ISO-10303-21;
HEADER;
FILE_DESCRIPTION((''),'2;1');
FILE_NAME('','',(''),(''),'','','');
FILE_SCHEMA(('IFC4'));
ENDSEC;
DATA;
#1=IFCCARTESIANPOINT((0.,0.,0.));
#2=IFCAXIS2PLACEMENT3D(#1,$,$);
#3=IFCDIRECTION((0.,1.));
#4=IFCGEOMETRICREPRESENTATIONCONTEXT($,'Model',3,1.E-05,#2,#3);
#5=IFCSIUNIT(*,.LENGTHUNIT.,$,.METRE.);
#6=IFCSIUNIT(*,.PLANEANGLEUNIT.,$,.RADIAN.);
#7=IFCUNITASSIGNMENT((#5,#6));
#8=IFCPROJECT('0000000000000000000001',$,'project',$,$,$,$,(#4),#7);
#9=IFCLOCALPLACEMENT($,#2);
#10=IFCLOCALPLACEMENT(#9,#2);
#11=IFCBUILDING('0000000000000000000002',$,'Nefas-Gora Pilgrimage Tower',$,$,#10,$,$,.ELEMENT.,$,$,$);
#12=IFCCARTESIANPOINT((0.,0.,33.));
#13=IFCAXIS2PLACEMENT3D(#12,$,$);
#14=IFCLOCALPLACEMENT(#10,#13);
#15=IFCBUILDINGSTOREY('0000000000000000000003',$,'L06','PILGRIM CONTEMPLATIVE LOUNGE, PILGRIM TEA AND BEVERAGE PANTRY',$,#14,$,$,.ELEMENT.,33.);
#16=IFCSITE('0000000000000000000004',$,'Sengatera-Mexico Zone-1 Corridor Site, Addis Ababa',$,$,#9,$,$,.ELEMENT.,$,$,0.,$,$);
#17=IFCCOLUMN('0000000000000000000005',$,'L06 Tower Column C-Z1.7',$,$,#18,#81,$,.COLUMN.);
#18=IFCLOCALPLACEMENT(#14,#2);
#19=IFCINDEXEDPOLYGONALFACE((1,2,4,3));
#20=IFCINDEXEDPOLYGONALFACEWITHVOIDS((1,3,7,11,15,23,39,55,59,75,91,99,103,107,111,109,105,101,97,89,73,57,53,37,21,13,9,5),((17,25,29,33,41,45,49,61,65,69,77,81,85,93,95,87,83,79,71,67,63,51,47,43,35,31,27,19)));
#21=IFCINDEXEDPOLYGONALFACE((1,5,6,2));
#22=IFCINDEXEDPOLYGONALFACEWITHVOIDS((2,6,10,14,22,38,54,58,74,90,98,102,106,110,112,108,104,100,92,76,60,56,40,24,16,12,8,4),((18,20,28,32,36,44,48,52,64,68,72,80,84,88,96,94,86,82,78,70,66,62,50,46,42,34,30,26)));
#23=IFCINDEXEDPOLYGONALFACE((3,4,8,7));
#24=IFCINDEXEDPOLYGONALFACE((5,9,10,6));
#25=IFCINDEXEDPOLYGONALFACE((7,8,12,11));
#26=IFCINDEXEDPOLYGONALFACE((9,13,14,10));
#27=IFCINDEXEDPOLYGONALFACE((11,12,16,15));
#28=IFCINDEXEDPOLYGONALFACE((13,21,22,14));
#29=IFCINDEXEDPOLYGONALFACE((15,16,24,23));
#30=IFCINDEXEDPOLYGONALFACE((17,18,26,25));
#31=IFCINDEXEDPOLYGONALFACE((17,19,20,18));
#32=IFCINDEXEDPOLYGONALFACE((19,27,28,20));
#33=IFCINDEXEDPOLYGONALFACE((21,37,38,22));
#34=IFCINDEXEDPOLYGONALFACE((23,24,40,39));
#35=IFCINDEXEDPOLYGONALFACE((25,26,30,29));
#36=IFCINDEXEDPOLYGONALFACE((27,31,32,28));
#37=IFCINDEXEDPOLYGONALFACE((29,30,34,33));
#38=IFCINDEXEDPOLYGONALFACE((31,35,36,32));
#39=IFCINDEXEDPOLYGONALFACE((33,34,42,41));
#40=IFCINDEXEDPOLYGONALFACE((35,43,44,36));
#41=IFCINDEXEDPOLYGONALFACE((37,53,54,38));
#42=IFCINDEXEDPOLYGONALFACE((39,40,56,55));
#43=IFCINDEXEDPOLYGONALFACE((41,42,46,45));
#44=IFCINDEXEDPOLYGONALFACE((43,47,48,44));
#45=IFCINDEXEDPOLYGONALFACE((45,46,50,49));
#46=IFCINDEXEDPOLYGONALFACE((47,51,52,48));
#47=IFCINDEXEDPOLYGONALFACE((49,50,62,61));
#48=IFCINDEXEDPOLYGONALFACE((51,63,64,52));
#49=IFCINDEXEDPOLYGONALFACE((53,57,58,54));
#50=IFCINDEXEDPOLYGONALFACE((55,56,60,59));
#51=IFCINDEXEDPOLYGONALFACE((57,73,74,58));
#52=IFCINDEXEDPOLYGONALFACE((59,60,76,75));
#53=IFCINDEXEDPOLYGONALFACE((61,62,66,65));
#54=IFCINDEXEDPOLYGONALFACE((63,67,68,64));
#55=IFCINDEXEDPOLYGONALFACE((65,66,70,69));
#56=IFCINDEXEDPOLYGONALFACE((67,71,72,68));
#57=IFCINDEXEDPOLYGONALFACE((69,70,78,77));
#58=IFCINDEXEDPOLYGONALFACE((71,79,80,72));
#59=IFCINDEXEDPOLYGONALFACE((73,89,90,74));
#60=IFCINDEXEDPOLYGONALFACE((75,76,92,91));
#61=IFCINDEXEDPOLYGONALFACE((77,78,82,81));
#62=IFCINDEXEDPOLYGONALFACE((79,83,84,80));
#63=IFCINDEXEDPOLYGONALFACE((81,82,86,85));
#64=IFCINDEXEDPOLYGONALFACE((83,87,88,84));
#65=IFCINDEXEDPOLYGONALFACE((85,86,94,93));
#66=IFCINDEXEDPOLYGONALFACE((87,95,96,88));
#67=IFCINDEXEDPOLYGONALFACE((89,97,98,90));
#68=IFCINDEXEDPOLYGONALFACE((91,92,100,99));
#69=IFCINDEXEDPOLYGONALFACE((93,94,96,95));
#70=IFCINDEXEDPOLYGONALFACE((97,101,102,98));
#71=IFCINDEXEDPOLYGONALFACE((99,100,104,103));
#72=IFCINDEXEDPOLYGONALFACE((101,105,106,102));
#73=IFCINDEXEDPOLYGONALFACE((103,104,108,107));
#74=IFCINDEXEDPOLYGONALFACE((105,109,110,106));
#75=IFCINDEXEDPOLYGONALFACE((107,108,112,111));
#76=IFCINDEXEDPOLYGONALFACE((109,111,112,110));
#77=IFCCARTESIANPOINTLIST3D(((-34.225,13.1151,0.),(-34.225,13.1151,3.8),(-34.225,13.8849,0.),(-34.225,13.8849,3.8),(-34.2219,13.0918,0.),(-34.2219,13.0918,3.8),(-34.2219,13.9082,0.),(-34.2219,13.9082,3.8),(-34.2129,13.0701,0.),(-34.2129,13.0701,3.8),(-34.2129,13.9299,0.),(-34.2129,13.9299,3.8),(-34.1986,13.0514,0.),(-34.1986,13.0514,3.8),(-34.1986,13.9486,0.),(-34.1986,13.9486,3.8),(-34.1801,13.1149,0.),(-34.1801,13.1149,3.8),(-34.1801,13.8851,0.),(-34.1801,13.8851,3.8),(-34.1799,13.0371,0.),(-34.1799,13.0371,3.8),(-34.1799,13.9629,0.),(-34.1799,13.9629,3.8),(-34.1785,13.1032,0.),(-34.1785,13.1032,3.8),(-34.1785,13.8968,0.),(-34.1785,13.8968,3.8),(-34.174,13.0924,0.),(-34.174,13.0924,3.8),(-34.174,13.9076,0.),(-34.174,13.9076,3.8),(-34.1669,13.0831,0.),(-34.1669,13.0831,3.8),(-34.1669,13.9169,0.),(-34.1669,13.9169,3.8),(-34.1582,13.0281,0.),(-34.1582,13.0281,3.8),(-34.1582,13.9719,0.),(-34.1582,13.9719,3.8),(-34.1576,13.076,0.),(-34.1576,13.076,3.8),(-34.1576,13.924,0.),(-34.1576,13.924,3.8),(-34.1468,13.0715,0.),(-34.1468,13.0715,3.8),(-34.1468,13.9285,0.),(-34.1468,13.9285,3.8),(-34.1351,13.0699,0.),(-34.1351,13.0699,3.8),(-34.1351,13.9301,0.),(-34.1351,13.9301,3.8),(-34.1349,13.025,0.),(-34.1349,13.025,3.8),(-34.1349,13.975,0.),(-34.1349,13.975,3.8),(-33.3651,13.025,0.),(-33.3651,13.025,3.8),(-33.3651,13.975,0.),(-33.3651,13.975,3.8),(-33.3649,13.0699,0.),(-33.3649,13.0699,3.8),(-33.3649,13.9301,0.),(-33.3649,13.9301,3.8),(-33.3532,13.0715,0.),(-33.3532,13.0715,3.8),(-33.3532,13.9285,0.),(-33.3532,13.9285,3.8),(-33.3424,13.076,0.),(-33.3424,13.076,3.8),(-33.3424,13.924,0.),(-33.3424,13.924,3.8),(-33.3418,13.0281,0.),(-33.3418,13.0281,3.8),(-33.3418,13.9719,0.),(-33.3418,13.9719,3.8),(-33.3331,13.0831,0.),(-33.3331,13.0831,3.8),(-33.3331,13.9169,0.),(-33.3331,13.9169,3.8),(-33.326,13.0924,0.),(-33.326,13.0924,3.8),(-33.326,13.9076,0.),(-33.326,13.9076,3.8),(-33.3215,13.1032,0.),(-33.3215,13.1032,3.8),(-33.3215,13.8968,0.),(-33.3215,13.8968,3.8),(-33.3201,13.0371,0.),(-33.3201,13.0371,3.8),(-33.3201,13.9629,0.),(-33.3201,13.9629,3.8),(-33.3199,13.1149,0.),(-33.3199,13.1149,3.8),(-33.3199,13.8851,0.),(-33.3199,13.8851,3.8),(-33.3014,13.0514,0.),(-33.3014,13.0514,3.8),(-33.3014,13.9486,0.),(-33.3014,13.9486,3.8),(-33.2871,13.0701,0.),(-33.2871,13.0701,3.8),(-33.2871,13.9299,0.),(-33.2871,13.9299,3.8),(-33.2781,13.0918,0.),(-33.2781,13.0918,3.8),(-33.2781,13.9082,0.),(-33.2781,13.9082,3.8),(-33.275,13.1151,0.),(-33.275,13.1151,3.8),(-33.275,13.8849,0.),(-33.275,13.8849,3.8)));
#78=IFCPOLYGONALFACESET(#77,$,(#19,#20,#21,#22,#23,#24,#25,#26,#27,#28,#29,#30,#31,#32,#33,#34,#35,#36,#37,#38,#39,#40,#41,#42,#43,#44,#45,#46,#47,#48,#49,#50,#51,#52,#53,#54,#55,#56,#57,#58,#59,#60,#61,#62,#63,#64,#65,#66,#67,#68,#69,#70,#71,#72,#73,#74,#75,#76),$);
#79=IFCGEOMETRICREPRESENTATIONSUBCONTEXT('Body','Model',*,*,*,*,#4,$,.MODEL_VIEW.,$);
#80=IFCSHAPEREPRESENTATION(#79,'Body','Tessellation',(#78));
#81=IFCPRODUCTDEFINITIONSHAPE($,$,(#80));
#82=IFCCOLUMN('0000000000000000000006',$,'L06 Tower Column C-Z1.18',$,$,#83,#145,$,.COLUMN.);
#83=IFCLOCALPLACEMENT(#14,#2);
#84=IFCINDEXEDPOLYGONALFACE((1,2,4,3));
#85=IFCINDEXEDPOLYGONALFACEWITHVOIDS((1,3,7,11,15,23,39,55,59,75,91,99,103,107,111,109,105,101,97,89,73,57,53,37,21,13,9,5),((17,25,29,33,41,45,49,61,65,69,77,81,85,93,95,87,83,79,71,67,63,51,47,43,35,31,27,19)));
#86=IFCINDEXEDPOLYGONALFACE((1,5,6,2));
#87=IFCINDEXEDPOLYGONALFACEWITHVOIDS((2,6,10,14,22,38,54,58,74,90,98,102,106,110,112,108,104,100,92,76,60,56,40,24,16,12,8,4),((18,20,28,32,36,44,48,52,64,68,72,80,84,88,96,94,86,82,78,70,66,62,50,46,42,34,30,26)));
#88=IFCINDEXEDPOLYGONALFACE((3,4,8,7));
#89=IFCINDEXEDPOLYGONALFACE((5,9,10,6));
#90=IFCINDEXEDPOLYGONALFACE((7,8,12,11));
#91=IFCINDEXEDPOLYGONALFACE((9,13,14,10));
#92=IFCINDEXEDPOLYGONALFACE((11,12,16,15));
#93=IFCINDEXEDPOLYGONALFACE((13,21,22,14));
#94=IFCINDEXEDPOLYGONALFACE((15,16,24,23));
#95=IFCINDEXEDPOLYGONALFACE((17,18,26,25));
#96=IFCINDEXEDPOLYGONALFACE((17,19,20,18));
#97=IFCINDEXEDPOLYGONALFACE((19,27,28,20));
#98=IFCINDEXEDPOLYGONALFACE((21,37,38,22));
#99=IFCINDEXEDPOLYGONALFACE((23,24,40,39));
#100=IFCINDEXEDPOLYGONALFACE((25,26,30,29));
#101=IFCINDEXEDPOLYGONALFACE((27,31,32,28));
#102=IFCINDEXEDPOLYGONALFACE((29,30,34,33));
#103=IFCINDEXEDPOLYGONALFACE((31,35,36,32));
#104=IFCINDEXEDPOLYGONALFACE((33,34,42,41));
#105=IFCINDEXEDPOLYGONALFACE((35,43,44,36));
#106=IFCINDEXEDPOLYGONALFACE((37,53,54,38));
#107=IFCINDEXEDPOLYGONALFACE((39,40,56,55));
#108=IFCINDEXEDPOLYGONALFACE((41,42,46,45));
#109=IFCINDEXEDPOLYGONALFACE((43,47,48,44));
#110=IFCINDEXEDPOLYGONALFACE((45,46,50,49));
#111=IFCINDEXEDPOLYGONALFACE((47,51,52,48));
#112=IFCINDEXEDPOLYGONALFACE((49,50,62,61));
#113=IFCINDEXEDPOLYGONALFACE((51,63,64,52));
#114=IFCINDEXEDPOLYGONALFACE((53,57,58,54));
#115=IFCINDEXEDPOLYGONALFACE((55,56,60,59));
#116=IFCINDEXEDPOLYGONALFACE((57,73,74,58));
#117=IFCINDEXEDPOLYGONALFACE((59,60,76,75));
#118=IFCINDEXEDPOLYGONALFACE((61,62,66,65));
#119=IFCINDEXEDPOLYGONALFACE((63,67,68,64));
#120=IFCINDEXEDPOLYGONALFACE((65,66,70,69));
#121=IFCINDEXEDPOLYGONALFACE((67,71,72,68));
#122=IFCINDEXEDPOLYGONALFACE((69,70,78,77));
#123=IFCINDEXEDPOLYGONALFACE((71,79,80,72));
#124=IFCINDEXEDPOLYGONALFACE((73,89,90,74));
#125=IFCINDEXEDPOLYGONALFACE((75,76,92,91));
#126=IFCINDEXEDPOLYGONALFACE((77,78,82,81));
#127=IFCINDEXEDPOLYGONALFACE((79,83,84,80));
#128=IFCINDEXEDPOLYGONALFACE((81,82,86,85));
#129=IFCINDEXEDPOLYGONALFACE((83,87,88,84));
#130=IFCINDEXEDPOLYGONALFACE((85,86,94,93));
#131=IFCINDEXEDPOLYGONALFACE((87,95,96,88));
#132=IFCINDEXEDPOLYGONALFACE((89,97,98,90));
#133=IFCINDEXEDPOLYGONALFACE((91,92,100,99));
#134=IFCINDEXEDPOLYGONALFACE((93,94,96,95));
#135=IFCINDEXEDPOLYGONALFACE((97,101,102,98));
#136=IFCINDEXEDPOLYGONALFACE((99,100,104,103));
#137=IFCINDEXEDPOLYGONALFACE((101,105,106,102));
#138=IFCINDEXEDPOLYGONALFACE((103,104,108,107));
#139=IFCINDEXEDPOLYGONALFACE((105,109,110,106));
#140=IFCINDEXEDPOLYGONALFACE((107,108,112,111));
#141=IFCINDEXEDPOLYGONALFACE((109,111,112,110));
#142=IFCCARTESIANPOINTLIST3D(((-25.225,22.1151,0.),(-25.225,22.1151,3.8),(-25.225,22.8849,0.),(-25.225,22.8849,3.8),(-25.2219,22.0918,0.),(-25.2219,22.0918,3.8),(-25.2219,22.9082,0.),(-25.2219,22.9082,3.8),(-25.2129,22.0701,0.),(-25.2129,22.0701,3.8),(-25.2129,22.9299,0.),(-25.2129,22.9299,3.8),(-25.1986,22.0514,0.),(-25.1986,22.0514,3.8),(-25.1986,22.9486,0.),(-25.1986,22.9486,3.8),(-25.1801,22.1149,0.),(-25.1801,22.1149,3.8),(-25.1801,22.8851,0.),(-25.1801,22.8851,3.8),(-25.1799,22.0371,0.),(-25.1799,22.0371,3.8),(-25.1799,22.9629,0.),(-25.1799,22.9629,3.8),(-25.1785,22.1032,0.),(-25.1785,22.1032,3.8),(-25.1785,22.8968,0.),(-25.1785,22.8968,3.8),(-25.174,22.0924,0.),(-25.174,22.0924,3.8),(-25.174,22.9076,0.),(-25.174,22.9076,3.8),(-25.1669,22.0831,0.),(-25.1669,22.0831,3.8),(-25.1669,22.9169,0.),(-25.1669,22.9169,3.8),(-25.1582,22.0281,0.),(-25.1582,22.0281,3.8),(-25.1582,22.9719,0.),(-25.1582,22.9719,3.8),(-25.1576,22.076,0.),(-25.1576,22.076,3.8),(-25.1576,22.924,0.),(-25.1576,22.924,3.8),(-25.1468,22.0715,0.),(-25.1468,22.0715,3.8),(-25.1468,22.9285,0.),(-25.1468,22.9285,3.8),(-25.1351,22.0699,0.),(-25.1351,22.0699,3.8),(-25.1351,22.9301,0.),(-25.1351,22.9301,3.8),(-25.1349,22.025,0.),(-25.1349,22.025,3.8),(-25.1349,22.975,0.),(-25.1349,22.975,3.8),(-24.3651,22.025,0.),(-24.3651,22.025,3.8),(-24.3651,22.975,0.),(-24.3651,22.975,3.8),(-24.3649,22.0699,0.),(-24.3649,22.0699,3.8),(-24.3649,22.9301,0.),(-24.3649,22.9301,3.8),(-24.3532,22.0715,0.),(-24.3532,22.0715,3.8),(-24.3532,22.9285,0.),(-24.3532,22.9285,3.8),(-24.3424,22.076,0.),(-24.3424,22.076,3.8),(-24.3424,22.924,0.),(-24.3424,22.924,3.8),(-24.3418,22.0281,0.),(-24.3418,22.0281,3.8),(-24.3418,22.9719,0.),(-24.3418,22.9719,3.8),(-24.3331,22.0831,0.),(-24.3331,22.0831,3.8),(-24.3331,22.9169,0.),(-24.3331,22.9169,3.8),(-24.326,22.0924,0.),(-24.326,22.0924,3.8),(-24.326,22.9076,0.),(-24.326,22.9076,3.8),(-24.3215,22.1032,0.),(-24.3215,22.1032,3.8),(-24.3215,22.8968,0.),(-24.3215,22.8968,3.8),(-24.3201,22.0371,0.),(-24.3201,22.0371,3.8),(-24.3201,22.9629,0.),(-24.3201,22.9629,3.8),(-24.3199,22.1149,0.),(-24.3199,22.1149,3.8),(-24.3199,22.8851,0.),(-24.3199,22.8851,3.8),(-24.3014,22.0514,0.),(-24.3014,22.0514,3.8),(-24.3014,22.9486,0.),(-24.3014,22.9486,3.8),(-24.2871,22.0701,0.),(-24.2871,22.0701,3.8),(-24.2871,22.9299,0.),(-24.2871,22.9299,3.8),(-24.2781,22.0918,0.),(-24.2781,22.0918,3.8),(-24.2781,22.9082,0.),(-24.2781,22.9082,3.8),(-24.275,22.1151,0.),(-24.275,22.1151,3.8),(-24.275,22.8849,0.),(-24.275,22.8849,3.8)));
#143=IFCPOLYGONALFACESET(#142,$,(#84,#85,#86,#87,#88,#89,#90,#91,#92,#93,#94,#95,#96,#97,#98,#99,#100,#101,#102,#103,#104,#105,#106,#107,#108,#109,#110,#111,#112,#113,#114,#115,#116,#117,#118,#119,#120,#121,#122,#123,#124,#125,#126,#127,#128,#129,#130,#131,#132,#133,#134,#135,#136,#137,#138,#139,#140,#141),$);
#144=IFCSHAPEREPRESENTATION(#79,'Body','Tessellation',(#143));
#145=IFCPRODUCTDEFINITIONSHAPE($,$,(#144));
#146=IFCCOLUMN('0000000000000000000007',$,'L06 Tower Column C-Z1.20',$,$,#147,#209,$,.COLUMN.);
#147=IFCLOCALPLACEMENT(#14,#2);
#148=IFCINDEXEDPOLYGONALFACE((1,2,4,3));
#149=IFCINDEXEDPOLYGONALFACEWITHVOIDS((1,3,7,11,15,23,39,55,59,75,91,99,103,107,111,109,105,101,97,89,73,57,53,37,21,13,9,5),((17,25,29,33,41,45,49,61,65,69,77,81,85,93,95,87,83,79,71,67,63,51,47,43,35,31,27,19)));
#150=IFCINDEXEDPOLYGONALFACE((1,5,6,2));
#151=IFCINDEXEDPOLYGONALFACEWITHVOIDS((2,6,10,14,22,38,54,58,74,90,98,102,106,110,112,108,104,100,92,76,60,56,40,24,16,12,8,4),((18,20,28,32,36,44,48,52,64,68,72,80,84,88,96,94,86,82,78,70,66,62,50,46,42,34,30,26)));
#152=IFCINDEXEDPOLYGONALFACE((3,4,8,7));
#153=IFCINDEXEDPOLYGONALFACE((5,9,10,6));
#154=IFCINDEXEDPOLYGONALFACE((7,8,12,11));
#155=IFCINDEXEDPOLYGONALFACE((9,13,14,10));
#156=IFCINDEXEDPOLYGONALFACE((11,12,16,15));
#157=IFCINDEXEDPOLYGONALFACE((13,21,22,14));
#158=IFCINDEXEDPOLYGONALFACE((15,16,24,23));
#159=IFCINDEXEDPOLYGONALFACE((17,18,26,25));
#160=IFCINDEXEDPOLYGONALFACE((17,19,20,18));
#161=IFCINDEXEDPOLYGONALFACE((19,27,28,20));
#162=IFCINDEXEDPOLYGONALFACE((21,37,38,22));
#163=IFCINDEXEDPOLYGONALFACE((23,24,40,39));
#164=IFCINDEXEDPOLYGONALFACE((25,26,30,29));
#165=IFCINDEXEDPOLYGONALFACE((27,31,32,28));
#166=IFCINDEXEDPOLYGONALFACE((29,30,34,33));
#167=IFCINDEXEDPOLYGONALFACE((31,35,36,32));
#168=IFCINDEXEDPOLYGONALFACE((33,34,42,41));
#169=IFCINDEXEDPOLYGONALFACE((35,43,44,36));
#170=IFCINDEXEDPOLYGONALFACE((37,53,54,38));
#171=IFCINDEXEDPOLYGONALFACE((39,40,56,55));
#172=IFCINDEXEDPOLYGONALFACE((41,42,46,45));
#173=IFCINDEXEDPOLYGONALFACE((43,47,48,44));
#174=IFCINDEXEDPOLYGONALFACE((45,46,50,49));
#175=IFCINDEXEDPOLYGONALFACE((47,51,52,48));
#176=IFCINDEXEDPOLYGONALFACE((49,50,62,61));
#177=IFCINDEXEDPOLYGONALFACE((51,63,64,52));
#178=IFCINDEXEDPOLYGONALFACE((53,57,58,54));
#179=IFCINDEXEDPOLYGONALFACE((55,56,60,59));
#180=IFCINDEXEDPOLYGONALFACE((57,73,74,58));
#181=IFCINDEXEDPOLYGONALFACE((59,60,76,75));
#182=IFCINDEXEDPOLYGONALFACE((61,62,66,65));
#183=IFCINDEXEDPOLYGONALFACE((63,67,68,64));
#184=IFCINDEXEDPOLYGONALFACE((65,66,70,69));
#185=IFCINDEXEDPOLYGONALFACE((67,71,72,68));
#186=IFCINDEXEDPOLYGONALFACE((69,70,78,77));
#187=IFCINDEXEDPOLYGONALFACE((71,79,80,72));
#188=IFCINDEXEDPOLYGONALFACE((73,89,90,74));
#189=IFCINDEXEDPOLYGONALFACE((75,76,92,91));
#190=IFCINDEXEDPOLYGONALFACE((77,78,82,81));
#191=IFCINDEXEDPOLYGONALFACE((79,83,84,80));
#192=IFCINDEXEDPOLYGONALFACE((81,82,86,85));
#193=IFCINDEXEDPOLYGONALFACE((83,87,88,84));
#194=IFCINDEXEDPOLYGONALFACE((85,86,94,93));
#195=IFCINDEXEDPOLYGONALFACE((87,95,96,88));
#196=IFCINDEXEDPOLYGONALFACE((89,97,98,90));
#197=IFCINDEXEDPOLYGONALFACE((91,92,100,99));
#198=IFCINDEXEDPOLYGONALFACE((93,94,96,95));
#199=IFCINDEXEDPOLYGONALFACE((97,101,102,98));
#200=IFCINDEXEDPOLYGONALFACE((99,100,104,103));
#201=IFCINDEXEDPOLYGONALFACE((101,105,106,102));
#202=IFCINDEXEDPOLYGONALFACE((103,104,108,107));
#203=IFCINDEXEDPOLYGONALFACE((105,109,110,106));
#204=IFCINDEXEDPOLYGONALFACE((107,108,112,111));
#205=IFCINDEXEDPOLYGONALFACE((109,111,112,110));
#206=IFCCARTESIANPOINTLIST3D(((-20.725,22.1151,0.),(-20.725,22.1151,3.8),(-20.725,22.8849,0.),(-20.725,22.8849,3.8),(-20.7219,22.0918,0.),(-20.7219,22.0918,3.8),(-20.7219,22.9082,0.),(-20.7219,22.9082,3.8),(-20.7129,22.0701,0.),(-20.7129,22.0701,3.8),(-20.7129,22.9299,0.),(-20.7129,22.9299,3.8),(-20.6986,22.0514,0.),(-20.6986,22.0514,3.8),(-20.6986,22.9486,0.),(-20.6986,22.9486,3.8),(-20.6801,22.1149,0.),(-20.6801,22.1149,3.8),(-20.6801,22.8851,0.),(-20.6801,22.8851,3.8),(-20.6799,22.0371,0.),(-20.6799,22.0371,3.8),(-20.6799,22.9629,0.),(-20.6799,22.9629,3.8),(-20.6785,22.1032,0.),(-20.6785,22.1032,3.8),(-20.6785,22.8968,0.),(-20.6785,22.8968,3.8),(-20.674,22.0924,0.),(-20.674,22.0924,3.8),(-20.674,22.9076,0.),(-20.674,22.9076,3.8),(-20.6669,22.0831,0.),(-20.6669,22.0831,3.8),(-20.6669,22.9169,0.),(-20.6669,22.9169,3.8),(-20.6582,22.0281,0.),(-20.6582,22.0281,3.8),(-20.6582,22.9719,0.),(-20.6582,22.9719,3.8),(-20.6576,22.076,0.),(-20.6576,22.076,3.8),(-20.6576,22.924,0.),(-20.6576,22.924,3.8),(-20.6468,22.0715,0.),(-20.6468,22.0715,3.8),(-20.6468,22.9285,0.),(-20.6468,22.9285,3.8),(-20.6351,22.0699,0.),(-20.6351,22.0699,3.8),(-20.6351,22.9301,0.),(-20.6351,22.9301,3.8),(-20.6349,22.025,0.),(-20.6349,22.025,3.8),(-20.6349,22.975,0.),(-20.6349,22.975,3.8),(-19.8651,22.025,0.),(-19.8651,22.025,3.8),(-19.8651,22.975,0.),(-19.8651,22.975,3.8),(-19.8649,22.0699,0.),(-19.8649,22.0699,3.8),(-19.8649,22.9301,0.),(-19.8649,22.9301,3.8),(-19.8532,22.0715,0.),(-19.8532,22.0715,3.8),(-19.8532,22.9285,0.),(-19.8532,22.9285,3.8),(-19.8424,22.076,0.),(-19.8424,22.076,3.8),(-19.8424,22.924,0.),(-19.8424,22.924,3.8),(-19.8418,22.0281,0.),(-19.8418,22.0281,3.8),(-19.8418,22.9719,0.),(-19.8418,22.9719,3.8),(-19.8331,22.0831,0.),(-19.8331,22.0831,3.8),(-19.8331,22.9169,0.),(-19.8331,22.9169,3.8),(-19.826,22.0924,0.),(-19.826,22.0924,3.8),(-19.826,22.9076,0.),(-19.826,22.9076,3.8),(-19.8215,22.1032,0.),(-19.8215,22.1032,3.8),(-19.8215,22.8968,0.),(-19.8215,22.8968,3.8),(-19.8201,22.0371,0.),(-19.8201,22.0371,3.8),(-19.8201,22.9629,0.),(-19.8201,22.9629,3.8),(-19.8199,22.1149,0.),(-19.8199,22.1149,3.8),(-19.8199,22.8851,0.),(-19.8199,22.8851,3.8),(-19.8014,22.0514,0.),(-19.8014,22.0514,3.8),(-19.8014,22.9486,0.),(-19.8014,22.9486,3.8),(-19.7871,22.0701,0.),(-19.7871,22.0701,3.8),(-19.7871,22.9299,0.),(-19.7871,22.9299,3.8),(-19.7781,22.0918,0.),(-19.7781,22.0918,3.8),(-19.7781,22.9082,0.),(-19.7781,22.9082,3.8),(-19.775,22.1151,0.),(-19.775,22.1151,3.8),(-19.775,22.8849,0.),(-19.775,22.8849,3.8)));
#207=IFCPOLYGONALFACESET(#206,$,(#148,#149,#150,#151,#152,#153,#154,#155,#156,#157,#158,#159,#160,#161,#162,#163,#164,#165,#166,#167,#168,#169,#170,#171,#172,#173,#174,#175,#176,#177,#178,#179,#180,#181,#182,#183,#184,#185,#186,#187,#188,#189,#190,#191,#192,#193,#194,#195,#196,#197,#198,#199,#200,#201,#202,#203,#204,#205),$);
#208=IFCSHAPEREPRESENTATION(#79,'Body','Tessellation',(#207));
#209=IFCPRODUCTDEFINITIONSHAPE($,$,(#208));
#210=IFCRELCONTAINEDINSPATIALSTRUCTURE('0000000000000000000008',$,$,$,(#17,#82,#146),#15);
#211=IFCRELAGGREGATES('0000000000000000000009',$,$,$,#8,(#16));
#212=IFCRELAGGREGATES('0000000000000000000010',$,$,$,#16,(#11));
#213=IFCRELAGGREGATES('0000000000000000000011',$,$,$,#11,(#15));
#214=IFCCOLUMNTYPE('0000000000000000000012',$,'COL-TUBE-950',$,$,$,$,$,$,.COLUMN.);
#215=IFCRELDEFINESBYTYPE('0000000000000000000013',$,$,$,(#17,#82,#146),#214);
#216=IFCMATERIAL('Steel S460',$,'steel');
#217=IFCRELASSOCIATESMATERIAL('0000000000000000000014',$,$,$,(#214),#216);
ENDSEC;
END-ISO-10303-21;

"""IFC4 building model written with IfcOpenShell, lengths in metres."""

from ifc_helpers import new_model, si_unit, direction, frame, origin, origin_2d, place, context, subcontext, project, spatial, hollow_rectangle, extrude, source, transform, mapped, material, material_profile, profile_set, type_object, element, save


model = new_model("IFC4")

# Units and contexts
model_context = context("Model", 3, precision=1e-05, world=origin(), true_north=direction((0.0, 1.0)))
body_context = subcontext(model_context, "Body", "Model", "MODEL_VIEW")
ifc_project = project(units=[si_unit("LENGTHUNIT", "METRE"), si_unit("PLANEANGLEUNIT", "RADIAN")], contexts=[model_context])

# Site, building, storey
site_placement = place(None, origin())
site = spatial("IfcSite", under=ifc_project, at=site_placement, Name="Sengatera-Mexico Zone-1 Corridor Site, Addis Ababa", CompositionType="ELEMENT", RefElevation=0.0)
building_placement = place(site_placement, origin())
building = spatial("IfcBuilding", under=site, at=building_placement, Name="Nefas-Gora Pilgrimage Tower", CompositionType="ELEMENT")
storey_placement = place(building_placement, frame((0.0, 0.0, 33.0)))
storey = spatial("IfcBuildingStorey", under=building, at=storey_placement, Name="L06", Description="PILGRIM CONTEMPLATIVE LOUNGE, PILGRIM TEA AND BEVERAGE PANTRY", CompositionType="ELEMENT", Elevation=33.0)

# Columns
ifc_material_1 = material(Name="Steel S460", Category="steel")
ifc_material_profile_1 = material_profile(ifc_material_1, hollow_rectangle(XDim=0.95, YDim=0.95, WallThickness=0.0449, InnerFilletRadius=0.0449, OuterFilletRadius=0.0901, at=origin_2d()), Name="BOX 950x950x45")
ifc_profile_set_1 = profile_set([ifc_material_profile_1], Name="Steel S460")
column_type_1 = type_object("IfcColumnType", Name="COL-TUBE-950", PredefinedType="COLUMN", material=ifc_profile_set_1)
shared_shape_1 = source(origin(), body_context, "Body", "SweptSolid", [
    extrude(hollow_rectangle(XDim=0.95, YDim=0.95, WallThickness=0.0449, InnerFilletRadius=0.0449, OuterFilletRadius=0.0901, at=origin_2d()), origin(), (0.0, 0.0, 1.0), 3.8),
])
for number, where, z_axis, x_axis, name in (
    (1, (-33.75, 13.5, 0.0), (0.0, 0.0, 1.0), (1.0, 0.0, 0.0), "L06 Tower Column C-Z1.7"),
    (2, (-24.75, 22.5, 0.0), (0.0, 0.0, 1.0), (1.0, 0.0, 0.0), "L06 Tower Column C-Z1.18"),
    (3, (-20.25, 22.5, 0.0), (0.0, 0.0, 1.0), (1.0, 0.0, 0.0), "L06 Tower Column C-Z1.20"),
):
    element("IfcColumn", number, at=place(storey_placement, frame(where, z_axis=z_axis, x_axis=x_axis)), inside=storey, type_object=column_type_1, Name=name, PredefinedType="COLUMN", context=body_context, shape_type="MappedRepresentation", body=[
        mapped(shared_shape_1, transform((0.0, 0.0, 0.0), x_axis=(1.0, 0.0, 0.0), y_axis=(0.0, 1.0, 0.0), z_axis=(0.0, 0.0, 1.0), scale=1.0)),
    ])

save(model, "model.ifc")
